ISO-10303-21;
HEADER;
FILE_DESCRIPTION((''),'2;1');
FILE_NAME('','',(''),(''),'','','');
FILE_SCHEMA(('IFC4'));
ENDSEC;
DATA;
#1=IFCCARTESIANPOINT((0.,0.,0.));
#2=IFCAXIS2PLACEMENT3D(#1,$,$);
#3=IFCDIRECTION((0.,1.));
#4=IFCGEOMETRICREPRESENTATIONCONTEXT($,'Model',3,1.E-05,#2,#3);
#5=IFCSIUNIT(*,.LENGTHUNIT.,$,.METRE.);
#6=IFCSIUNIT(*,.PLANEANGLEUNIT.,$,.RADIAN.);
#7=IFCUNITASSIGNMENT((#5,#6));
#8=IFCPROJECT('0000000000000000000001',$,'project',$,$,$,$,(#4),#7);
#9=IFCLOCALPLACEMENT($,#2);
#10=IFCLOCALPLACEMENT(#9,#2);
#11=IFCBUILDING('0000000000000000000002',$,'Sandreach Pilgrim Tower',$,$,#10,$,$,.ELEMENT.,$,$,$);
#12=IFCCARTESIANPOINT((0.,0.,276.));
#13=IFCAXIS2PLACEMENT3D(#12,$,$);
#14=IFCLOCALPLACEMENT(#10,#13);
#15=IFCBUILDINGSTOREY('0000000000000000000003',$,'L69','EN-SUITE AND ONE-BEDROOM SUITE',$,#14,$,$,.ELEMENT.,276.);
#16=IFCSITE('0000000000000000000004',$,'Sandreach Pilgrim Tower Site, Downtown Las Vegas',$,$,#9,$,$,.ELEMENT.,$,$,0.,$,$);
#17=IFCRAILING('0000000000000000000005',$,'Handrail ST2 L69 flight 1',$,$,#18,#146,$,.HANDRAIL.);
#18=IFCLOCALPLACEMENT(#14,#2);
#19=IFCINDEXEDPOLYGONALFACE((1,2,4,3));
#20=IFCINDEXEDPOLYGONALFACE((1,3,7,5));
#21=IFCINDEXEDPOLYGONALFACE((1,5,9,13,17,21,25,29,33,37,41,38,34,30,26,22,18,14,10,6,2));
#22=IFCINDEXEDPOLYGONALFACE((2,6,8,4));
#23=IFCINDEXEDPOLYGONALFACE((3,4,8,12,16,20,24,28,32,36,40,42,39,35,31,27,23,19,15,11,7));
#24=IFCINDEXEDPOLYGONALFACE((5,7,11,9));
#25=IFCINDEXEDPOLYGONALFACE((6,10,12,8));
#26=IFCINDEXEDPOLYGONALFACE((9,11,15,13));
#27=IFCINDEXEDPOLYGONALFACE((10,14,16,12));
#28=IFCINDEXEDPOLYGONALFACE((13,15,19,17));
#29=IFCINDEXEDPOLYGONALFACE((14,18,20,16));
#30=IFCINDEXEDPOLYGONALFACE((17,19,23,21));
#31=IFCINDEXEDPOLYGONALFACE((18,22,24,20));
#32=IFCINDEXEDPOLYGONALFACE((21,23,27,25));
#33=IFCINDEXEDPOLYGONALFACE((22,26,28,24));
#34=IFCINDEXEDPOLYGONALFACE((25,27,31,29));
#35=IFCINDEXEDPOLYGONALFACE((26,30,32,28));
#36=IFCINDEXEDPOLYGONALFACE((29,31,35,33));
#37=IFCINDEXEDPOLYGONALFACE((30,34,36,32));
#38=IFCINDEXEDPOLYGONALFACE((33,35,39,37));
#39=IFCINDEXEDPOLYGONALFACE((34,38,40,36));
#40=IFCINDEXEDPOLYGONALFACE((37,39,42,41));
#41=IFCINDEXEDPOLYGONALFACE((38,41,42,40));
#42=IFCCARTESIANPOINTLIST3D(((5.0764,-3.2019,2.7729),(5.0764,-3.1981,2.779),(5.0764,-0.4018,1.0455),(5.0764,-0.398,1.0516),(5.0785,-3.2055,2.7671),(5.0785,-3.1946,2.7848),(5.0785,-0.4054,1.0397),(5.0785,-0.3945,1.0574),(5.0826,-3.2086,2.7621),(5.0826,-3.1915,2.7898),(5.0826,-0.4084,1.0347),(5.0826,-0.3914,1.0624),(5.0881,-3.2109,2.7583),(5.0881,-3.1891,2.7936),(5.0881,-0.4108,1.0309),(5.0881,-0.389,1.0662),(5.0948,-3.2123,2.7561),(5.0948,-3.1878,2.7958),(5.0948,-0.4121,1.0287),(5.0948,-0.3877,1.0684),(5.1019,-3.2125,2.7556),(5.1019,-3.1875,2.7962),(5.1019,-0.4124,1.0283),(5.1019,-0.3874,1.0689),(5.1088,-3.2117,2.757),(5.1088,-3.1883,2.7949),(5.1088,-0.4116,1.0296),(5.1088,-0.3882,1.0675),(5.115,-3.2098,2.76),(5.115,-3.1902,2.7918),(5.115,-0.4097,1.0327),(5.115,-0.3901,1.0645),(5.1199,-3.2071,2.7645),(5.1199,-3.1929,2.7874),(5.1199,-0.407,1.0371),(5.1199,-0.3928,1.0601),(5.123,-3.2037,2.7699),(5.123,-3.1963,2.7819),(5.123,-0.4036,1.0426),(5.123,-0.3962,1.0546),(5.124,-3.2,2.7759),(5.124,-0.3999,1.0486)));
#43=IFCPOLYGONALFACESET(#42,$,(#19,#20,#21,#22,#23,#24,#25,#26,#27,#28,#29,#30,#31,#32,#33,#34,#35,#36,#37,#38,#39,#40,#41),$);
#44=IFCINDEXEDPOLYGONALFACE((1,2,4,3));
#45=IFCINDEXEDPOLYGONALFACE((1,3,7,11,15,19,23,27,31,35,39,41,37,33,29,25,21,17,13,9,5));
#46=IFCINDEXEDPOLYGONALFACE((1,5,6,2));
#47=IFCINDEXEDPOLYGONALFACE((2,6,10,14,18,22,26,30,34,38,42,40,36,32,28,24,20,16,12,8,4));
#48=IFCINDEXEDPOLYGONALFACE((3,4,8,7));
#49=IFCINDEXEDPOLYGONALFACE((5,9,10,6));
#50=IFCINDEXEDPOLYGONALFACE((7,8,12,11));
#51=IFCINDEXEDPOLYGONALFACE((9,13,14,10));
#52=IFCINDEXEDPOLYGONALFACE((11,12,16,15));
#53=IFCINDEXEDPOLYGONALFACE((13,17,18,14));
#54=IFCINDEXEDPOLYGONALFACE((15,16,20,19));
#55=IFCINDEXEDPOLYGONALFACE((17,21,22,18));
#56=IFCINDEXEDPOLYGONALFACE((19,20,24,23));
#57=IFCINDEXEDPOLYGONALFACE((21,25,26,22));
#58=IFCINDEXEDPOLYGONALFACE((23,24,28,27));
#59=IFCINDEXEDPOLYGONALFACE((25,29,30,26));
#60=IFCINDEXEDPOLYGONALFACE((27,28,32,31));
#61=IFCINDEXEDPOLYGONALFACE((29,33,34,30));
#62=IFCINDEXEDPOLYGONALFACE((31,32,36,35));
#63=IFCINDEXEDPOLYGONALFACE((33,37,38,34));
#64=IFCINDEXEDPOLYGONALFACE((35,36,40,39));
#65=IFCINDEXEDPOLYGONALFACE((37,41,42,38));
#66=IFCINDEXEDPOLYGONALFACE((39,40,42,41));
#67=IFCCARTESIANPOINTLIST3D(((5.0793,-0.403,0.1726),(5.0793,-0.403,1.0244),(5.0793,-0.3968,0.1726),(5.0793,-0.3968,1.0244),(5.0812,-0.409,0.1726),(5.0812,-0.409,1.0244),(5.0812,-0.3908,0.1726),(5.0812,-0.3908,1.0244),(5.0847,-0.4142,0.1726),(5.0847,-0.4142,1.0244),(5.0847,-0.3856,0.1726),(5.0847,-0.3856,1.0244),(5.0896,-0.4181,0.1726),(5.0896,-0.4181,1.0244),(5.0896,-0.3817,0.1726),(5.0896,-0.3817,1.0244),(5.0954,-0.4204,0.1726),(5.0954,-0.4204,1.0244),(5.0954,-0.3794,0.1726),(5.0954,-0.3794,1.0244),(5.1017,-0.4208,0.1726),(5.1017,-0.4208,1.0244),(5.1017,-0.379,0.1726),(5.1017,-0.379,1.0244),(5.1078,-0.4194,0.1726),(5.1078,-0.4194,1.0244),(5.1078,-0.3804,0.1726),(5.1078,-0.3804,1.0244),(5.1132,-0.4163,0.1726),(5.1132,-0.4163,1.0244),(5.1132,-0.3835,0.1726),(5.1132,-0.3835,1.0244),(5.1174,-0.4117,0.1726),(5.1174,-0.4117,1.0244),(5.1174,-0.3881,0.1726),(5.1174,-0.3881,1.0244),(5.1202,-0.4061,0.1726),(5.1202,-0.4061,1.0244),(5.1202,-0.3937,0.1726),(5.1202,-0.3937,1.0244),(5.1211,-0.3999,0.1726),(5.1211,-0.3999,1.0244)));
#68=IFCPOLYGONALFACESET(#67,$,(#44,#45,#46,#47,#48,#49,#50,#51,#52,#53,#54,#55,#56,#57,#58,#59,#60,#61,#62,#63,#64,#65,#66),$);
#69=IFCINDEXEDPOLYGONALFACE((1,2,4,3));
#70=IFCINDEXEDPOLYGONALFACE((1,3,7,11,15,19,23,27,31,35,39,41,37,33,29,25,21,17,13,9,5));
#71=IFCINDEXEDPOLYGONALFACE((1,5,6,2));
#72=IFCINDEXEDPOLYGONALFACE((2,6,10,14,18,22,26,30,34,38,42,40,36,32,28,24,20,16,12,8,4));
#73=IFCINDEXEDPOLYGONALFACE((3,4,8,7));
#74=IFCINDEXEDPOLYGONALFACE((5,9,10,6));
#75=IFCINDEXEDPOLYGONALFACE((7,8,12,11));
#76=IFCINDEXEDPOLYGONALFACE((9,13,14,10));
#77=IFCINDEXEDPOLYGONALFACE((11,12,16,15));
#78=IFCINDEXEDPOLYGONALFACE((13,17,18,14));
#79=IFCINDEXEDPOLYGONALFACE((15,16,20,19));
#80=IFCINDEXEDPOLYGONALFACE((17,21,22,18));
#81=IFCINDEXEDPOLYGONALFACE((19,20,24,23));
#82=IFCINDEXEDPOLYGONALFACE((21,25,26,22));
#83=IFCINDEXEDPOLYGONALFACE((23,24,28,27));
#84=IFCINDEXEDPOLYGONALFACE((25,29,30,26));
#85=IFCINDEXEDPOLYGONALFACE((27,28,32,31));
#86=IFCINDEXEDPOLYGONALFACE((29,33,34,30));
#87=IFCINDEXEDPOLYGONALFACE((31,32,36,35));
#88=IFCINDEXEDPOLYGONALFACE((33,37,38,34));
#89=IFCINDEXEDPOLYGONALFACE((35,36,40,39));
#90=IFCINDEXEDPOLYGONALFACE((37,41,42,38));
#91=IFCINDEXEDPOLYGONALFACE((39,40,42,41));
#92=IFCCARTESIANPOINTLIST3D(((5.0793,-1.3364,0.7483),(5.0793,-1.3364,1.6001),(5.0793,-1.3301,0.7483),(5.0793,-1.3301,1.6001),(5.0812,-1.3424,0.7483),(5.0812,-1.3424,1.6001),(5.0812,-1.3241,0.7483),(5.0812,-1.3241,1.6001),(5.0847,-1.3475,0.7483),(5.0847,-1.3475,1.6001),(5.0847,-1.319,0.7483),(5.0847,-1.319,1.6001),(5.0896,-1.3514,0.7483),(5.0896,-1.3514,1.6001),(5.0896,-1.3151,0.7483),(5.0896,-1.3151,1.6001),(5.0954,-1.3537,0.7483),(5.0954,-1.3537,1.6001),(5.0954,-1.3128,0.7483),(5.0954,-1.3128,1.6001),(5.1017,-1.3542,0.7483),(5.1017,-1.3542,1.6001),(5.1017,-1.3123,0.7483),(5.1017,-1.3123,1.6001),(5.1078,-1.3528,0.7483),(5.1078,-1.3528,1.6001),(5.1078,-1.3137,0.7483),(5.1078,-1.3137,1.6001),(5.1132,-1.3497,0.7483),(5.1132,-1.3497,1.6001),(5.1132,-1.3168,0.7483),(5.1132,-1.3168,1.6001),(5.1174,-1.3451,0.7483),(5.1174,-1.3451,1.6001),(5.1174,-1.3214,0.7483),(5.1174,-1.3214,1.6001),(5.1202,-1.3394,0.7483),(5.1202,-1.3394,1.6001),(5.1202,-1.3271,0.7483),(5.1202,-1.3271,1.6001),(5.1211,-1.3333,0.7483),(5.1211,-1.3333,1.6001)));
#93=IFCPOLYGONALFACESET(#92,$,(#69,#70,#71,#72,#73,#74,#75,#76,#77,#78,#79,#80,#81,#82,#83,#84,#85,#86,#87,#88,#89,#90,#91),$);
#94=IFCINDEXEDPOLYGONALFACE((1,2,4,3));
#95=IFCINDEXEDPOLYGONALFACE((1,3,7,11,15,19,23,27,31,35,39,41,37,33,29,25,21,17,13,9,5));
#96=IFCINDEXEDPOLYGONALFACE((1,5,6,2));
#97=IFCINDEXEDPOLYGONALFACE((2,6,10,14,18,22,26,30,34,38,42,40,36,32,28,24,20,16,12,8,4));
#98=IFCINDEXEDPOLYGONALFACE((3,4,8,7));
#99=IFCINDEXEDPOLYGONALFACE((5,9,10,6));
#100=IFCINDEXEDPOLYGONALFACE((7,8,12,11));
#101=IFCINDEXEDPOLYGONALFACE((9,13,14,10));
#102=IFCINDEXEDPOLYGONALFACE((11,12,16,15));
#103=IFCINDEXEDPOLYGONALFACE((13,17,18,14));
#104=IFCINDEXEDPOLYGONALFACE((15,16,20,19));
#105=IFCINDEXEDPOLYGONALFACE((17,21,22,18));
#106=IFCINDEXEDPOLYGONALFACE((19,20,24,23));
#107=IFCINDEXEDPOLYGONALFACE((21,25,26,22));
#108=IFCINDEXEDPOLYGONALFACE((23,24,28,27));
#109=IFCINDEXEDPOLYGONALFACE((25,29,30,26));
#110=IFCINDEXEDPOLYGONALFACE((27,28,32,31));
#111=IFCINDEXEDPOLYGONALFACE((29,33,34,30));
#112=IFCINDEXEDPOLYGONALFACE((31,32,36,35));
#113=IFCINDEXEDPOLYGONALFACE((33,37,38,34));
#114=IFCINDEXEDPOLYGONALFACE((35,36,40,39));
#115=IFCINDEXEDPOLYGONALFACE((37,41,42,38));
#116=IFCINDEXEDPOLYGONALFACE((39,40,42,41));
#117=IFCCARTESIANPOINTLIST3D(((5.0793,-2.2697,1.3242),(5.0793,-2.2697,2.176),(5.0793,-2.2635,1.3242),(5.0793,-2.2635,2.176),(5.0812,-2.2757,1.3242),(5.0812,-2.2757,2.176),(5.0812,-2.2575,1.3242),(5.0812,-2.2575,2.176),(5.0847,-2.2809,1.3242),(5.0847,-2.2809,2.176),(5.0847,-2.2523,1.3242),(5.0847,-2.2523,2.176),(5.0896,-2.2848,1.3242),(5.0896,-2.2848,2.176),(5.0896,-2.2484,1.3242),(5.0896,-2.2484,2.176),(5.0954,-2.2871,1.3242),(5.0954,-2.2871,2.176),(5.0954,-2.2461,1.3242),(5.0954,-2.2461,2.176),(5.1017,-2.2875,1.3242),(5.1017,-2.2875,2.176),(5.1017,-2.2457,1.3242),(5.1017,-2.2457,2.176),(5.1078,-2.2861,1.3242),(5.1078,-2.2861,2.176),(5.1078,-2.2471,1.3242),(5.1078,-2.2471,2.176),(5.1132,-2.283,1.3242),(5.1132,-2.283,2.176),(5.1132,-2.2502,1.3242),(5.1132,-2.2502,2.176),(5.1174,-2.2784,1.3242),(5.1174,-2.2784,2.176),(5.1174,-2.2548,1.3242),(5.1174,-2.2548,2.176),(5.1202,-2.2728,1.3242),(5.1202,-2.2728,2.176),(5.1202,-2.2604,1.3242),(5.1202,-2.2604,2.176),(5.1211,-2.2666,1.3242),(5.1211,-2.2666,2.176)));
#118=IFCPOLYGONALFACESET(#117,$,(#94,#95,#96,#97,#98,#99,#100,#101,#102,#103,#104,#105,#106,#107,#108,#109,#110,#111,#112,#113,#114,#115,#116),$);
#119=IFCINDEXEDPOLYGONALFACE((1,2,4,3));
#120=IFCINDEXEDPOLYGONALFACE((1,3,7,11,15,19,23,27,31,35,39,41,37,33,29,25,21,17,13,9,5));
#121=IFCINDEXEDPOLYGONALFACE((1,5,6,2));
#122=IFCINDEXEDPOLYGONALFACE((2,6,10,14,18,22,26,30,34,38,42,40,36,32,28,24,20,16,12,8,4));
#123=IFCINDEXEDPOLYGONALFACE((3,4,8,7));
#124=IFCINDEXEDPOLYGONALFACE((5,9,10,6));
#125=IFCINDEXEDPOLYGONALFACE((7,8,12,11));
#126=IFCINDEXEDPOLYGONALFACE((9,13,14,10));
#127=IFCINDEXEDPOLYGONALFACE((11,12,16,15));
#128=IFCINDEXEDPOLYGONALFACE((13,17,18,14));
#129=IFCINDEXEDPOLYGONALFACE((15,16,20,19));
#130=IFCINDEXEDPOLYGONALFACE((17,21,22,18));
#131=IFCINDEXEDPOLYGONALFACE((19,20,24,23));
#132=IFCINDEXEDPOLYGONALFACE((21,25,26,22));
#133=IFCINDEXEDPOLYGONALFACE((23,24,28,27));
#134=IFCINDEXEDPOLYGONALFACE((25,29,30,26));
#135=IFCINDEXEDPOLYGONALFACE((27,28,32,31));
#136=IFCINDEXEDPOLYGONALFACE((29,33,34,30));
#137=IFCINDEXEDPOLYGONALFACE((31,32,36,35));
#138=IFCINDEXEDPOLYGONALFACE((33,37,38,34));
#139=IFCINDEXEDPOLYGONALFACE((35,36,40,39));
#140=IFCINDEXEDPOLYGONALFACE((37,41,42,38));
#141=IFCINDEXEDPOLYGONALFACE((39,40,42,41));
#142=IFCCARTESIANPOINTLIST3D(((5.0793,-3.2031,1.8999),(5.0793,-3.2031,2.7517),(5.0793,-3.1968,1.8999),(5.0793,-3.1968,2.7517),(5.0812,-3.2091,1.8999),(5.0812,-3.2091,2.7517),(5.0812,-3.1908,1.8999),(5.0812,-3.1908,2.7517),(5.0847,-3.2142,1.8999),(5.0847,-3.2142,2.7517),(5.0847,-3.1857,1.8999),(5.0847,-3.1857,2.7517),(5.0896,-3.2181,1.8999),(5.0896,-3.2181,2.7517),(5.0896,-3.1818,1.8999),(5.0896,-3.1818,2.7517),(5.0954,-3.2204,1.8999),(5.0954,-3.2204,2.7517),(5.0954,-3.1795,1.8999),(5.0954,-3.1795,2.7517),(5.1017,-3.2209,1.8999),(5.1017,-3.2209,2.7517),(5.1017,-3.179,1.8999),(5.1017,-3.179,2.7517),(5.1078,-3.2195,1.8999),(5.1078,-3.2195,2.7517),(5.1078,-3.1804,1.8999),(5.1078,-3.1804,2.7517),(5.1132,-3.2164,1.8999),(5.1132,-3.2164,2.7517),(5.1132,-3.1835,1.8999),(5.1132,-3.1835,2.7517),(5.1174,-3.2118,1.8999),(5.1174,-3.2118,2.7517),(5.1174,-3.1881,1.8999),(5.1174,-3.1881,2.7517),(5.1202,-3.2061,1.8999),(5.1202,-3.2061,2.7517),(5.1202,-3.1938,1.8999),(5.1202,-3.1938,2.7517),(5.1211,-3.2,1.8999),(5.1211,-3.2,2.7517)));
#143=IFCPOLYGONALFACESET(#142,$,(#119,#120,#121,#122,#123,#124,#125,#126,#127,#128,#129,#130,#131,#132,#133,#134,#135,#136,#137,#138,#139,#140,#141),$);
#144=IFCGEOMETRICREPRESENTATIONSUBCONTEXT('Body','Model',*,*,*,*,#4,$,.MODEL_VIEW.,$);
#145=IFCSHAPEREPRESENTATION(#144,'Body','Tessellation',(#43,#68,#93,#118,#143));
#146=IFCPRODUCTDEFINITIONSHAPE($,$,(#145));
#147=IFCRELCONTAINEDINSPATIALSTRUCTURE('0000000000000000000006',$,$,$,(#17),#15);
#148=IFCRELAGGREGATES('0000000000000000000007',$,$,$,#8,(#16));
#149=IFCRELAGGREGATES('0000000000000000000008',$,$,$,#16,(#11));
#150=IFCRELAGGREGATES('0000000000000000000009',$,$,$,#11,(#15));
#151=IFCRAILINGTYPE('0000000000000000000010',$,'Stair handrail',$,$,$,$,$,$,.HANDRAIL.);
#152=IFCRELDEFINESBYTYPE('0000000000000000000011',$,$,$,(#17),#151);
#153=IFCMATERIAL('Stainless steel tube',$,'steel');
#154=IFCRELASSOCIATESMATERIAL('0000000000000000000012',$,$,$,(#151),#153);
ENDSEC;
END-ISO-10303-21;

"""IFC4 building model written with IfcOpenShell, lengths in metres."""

from ifc_helpers import new_model, si_unit, direction, frame, origin, origin_2d, place, context, subcontext, project, spatial, circle, extrude, material, type_object, element, save


model = new_model("IFC4")

# Units and contexts
model_context = context("Model", 3, precision=1e-05, world=origin(), true_north=direction((0.0, 1.0)))
body_context = subcontext(model_context, "Body", "Model", "MODEL_VIEW")
ifc_project = project(units=[si_unit("LENGTHUNIT", "METRE"), si_unit("PLANEANGLEUNIT", "RADIAN")], contexts=[model_context])

# Site, building, storey
site_placement = place(None, origin())
site = spatial("IfcSite", under=ifc_project, at=site_placement, Name="Sandreach Pilgrim Tower Site, Downtown Las Vegas", CompositionType="ELEMENT", RefElevation=0.0)
building_placement = place(site_placement, origin())
building = spatial("IfcBuilding", under=site, at=building_placement, Name="Sandreach Pilgrim Tower", CompositionType="ELEMENT")
storey_placement = place(building_placement, frame((0.0, 0.0, 276.0)))
storey = spatial("IfcBuildingStorey", under=building, at=storey_placement, Name="L69", Description="EN-SUITE AND ONE-BEDROOM SUITE", CompositionType="ELEMENT", Elevation=276.0)

# Railing
ifc_material_1 = material(Name="Stainless steel tube", Category="steel")
railing_type = type_object("IfcRailingType", Name="Stair handrail", PredefinedType="HANDRAIL", material=ifc_material_1)
for number, where, name in (
    (1, (5.1001, -0.3999, 0.1726), "Handrail ST2 L69 flight 1"),
):
    element("IfcRailing", number, at=place(storey_placement, frame(where)), inside=storey, type_object=railing_type, Name=name, PredefinedType="HANDRAIL", context=body_context, shape_type="SweptSolid", body=[
        extrude(circle(Radius=0.0239, at=origin_2d()), frame((0.0, 0.0, 0.876), z_axis=(0.0, -0.85109, 0.52502), x_axis=(1.0, 0.0, 0.0)), (0.0, 0.0, 1.0), 3.29),
        extrude(circle(Radius=0.021, at=origin_2d()), origin(), (0.0, 0.0, 1.0), 0.8518),
        extrude(circle(Radius=0.021, at=origin_2d()), frame((0.0, -0.9333, 0.5757)), (0.0, 0.0, 1.0), 0.8518),
        extrude(circle(Radius=0.021, at=origin_2d()), frame((0.0, -1.8667, 1.1516)), (0.0, 0.0, 1.0), 0.8518),
        extrude(circle(Radius=0.021, at=origin_2d()), frame((0.0, -2.8, 1.7273)), (0.0, 0.0, 1.0), 0.8518),
    ])

save(model, "model.ifc")
